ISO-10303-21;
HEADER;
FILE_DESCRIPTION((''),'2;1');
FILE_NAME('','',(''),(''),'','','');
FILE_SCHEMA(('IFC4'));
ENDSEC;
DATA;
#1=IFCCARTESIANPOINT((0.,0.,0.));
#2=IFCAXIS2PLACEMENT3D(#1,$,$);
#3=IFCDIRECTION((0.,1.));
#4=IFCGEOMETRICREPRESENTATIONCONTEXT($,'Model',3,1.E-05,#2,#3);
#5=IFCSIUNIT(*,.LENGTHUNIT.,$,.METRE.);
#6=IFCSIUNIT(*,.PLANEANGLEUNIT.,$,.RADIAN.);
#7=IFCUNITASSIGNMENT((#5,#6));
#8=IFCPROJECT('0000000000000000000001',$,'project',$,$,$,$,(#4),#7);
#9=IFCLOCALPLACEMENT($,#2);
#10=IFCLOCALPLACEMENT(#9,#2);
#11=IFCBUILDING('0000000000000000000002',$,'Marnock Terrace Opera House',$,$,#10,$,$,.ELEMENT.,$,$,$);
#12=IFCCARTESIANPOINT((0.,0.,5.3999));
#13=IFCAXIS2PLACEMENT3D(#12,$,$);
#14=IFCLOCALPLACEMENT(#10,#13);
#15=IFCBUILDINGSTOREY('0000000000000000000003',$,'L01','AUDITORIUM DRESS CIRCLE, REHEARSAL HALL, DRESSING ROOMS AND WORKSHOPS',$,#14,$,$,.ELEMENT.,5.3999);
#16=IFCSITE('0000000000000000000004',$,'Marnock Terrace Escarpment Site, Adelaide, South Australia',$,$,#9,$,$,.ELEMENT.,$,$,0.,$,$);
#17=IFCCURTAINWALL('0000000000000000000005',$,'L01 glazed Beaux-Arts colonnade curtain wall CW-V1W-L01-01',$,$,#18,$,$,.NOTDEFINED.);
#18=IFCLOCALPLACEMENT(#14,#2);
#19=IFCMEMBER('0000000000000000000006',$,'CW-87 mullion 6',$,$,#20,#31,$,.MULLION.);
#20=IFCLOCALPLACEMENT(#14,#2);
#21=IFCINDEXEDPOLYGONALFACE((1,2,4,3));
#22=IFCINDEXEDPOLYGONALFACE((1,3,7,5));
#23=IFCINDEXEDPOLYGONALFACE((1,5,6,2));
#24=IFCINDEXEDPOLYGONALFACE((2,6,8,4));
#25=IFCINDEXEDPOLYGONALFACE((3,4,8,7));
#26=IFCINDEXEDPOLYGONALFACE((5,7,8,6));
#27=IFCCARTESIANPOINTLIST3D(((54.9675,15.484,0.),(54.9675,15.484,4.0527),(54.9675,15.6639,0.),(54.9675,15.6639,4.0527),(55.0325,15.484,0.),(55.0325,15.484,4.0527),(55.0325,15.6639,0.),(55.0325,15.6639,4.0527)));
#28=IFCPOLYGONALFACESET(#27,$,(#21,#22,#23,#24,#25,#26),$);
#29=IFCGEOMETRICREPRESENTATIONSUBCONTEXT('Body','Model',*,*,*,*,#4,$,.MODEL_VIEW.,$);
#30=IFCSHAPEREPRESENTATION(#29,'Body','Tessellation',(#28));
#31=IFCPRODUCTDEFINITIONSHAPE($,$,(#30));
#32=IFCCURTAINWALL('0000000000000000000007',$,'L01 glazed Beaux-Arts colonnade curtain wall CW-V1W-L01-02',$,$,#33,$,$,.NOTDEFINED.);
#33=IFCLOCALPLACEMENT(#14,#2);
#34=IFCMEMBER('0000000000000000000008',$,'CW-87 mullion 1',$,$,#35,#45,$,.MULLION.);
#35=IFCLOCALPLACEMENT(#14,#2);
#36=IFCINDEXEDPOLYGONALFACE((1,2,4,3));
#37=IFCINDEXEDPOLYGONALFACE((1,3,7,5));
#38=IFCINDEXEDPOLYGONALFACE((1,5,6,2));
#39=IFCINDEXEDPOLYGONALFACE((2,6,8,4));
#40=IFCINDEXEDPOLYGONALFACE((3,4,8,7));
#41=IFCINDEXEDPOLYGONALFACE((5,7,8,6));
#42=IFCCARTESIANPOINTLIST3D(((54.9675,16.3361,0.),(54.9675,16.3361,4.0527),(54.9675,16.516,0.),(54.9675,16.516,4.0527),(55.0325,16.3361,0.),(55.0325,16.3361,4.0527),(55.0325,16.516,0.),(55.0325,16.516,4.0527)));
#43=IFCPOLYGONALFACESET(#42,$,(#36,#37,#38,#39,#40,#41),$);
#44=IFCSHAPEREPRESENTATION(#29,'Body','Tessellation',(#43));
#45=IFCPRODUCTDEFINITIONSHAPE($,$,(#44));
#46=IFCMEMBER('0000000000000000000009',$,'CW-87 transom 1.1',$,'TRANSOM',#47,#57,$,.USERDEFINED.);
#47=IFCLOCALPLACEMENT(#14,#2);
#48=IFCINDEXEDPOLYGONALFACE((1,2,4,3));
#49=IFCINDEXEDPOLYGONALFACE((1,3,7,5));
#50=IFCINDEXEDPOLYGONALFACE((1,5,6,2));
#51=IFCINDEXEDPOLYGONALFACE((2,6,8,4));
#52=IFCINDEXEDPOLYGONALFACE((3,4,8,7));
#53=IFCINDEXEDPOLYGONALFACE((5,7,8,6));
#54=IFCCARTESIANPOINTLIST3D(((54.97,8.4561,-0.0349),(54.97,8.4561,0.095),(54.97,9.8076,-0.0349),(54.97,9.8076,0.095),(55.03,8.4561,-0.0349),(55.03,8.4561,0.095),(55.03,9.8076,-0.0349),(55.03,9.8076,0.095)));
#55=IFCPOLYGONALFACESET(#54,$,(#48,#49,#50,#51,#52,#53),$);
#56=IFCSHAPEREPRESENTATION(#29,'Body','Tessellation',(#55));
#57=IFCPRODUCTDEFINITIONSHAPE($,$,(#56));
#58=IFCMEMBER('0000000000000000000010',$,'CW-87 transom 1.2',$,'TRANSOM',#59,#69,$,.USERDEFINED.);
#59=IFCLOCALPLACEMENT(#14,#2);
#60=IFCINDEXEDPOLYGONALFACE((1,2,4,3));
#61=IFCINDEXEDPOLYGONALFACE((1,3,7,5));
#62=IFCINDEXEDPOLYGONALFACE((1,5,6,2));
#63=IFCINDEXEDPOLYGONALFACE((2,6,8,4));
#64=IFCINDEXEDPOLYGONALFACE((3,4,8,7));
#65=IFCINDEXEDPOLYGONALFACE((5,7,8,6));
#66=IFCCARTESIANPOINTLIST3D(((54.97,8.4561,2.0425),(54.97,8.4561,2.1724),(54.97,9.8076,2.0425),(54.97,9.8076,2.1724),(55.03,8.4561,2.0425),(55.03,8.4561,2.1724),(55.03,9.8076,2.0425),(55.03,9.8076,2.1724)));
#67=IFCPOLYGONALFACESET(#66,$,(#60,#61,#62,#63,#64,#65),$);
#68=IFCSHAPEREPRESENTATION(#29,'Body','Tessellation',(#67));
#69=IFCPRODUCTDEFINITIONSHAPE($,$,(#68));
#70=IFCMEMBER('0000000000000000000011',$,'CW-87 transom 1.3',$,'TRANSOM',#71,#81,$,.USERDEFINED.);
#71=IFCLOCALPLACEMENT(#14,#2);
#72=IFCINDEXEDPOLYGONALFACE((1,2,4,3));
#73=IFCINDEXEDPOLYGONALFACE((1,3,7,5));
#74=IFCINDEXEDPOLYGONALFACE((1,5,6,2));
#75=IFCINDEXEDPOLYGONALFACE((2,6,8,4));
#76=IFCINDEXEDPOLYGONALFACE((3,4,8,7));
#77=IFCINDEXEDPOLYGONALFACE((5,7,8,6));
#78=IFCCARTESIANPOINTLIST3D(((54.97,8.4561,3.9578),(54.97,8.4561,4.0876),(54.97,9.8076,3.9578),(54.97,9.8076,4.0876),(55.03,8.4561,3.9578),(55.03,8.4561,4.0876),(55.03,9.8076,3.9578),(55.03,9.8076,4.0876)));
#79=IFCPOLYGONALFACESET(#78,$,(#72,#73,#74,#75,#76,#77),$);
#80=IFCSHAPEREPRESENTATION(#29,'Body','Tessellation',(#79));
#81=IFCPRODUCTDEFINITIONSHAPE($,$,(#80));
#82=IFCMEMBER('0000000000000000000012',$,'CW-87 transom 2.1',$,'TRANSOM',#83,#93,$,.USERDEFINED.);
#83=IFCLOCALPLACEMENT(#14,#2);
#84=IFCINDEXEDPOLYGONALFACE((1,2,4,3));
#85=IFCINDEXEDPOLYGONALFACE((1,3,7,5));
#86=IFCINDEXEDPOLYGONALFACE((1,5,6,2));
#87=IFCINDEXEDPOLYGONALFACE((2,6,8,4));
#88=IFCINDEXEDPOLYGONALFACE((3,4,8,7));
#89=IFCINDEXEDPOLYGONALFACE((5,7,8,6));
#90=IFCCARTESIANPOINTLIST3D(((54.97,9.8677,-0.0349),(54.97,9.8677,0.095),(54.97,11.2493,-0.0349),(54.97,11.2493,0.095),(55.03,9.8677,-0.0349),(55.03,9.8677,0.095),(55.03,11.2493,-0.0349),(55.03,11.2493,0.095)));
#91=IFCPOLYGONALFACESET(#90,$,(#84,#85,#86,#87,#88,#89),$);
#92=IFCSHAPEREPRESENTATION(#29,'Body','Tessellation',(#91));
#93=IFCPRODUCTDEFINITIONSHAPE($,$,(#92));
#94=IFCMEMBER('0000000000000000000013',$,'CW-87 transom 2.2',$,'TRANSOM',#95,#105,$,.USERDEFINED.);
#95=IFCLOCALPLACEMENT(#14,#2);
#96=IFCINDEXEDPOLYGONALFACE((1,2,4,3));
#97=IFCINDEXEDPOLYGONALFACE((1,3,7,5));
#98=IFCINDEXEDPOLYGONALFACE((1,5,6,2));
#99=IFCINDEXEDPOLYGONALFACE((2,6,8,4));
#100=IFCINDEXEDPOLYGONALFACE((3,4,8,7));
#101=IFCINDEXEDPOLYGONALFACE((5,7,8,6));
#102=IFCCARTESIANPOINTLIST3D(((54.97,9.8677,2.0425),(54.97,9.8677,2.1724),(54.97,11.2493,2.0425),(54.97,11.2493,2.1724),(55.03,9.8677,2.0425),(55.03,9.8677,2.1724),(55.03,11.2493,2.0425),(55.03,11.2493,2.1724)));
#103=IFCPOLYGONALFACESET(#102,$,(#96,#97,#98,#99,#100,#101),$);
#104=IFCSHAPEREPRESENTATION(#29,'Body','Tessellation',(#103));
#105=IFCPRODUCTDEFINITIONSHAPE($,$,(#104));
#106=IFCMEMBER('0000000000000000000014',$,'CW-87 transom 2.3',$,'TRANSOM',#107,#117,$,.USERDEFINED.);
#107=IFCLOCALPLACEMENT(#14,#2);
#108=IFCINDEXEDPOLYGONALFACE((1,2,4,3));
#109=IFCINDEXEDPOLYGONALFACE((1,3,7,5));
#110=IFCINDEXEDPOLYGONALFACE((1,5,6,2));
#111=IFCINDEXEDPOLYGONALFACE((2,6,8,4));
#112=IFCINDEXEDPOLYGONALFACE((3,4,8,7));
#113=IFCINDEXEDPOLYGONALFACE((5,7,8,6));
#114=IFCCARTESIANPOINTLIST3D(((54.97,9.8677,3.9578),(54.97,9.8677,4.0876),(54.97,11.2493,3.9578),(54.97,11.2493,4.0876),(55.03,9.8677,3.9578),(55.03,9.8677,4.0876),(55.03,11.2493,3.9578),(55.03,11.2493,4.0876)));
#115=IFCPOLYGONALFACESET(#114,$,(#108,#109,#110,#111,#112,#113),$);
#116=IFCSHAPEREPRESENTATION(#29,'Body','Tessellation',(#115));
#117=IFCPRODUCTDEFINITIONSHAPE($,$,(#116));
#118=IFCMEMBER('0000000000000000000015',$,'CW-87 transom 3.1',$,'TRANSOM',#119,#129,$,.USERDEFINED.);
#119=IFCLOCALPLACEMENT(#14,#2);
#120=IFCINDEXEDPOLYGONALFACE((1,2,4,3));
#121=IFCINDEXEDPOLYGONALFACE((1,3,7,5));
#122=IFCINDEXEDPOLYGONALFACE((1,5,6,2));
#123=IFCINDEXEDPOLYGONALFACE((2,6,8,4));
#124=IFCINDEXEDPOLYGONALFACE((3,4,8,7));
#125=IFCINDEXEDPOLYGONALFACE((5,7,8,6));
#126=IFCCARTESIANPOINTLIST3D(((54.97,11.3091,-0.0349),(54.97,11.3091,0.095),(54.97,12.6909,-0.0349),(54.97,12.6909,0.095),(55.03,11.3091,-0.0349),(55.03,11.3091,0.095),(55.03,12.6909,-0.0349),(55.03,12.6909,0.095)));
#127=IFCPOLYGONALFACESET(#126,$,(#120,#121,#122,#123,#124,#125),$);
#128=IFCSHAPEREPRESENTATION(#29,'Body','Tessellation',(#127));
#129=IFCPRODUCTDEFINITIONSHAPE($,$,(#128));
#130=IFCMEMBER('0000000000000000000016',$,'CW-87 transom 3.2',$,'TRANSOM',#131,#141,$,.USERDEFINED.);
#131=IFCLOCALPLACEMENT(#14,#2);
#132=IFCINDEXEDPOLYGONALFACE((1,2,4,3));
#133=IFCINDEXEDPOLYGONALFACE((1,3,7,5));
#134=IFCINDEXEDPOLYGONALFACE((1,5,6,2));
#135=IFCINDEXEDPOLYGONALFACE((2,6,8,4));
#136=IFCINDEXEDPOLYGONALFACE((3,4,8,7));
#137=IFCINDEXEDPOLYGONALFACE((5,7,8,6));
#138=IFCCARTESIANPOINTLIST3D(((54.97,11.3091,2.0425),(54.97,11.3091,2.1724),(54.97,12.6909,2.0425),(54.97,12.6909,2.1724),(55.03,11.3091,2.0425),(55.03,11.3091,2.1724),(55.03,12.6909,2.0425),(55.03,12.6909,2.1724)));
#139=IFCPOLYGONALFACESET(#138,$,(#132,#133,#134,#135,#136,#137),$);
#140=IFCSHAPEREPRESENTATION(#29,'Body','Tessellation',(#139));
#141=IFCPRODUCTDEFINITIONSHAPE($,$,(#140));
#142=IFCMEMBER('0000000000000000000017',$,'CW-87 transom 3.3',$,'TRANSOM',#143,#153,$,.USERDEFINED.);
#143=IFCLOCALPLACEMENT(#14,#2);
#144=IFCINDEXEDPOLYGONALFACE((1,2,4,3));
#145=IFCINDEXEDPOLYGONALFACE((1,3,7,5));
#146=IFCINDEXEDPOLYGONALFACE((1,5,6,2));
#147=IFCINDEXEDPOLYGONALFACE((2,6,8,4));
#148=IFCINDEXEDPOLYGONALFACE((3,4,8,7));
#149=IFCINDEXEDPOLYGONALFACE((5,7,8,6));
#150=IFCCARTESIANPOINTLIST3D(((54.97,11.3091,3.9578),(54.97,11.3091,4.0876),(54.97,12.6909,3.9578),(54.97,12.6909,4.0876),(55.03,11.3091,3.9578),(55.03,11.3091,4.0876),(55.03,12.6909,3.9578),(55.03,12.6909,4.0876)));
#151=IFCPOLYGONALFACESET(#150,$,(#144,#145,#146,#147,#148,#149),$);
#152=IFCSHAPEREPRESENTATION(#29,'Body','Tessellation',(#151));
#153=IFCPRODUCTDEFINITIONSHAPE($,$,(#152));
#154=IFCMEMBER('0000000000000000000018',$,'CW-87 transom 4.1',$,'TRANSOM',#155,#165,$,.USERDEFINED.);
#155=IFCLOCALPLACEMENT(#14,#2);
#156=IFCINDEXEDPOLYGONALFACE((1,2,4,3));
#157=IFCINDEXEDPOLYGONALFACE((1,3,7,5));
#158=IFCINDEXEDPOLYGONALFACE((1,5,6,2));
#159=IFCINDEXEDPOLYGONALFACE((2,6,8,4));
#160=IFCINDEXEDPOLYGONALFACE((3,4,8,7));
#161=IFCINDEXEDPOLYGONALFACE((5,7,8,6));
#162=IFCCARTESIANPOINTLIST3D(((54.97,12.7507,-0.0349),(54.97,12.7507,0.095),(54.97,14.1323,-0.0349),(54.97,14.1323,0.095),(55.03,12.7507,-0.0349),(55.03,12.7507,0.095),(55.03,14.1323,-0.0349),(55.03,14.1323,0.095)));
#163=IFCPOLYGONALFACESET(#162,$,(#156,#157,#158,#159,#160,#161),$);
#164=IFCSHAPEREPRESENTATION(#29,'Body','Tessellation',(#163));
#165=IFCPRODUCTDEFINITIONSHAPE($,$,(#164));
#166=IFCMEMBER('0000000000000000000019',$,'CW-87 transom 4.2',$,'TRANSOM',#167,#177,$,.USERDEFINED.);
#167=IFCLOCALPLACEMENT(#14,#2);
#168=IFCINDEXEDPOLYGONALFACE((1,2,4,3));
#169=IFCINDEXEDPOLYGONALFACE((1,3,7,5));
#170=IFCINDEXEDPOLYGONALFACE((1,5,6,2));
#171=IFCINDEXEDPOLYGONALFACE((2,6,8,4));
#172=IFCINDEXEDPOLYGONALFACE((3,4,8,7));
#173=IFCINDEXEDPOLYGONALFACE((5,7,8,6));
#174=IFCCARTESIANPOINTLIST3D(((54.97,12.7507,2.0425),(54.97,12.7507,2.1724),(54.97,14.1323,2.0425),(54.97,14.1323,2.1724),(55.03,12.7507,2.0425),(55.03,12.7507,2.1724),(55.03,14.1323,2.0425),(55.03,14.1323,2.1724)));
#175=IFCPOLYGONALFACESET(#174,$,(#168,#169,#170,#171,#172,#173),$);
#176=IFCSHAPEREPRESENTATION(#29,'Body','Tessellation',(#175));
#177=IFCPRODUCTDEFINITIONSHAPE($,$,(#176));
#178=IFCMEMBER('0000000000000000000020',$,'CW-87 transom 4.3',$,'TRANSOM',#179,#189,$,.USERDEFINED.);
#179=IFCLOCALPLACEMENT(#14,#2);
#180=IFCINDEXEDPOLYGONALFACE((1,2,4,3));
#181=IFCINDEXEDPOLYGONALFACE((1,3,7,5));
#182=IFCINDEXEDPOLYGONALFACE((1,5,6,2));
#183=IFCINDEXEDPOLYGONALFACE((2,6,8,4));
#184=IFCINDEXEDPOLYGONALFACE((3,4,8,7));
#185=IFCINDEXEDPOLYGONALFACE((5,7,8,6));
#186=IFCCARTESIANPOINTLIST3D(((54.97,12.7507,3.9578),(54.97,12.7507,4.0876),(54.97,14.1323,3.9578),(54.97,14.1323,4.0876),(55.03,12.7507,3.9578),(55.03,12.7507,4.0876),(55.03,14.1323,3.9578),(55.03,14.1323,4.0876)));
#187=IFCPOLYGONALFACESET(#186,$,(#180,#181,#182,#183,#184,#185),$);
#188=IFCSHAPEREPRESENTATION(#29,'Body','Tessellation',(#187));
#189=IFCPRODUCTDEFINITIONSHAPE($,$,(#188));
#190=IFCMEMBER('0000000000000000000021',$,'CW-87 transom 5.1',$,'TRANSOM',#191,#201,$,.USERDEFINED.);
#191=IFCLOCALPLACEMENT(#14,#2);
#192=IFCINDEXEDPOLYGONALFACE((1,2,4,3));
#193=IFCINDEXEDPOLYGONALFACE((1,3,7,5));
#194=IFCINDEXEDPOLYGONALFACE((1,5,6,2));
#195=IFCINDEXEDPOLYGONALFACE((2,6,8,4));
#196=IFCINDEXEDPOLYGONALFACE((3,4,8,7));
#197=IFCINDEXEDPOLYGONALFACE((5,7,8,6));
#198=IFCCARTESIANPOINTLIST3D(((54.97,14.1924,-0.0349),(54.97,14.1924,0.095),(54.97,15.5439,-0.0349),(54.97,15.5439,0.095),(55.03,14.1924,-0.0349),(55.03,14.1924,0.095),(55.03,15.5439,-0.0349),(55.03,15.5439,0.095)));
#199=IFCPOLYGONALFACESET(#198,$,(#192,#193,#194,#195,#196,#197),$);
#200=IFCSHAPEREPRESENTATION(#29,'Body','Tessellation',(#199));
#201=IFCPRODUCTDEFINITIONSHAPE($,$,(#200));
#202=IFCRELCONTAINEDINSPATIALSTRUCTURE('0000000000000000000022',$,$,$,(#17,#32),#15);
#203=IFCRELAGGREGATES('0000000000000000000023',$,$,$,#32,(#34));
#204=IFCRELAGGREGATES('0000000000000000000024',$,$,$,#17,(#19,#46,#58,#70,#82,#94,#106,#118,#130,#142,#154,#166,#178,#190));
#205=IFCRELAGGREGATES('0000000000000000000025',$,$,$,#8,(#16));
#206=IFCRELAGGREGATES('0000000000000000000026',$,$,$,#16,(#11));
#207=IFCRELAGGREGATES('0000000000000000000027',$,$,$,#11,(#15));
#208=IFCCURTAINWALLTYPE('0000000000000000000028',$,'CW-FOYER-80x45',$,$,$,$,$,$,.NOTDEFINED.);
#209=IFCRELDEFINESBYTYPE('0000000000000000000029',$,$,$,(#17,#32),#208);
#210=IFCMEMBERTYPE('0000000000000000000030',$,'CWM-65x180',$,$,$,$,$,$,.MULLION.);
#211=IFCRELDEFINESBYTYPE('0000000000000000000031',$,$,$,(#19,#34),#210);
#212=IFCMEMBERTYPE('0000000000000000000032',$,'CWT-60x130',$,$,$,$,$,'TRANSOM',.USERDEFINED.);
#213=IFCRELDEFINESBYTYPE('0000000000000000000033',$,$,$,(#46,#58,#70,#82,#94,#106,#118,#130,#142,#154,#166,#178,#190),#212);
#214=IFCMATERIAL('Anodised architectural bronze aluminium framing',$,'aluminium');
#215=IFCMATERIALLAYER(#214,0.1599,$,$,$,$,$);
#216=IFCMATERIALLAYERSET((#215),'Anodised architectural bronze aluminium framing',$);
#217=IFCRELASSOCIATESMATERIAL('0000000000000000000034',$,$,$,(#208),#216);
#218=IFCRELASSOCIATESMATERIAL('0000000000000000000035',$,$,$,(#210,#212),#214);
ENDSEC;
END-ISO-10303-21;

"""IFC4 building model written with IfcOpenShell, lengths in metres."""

from ifc_helpers import new_model, si_unit, direction, frame, origin, origin_2d, place, context, subcontext, project, spatial, rectangle, extrude, material, layer, layer_set, material_profile, profile_set, type_object, element, aggregate, save


model = new_model("IFC4")

# Units and contexts
model_context = context("Model", 3, precision=1e-05, world=origin(), true_north=direction((0.0, 1.0)))
body_context = subcontext(model_context, "Body", "Model", "MODEL_VIEW")
ifc_project = project(units=[si_unit("LENGTHUNIT", "METRE"), si_unit("PLANEANGLEUNIT", "RADIAN")], contexts=[model_context])

# Site, building, storey
site_placement = place(None, origin())
site = spatial("IfcSite", under=ifc_project, at=site_placement, Name="Marnock Terrace Escarpment Site, Adelaide, South Australia", CompositionType="ELEMENT", RefElevation=0.0)
building_placement = place(site_placement, origin())
building = spatial("IfcBuilding", under=site, at=building_placement, Name="Marnock Terrace Opera House", CompositionType="ELEMENT")
storey_placement = place(building_placement, frame((0.0, 0.0, 5.3999)))
storey = spatial("IfcBuildingStorey", under=building, at=storey_placement, Name="L01", Description="AUDITORIUM DRESS CIRCLE, REHEARSAL HALL, DRESSING ROOMS AND WORKSHOPS", CompositionType="ELEMENT", Elevation=5.3999)

# Curtain wall, member
ifc_material_1 = material(Name="Anodised architectural bronze aluminium framing", Category="aluminium")
ifc_layer_1 = layer(ifc_material_1, 0.1599)
ifc_layer_set_1 = layer_set([ifc_layer_1], Name="Anodised architectural bronze aluminium framing")
curtain_wall_type = type_object("IfcCurtainWallType", Name="CW-FOYER-80x45", PredefinedType="NOTDEFINED", material=ifc_layer_set_1)
curtain_wall_1_placement = place(storey_placement, origin())
curtain_wall_1 = element("IfcCurtainWall", 1, at=curtain_wall_1_placement, inside=storey, type_object=curtain_wall_type, Name="L01 glazed Beaux-Arts colonnade curtain wall CW-V1W-L01-01", PredefinedType="NOTDEFINED")
ifc_material_profile_1 = material_profile(ifc_material_1, rectangle(XDim=0.0649, YDim=0.1799, at=origin_2d()))
ifc_profile_set_1 = profile_set([ifc_material_profile_1], Name="Anodised architectural bronze aluminium framing")
member_type_1 = type_object("IfcMemberType", Name="CWM-65x180", PredefinedType="MULLION", material=ifc_profile_set_1)
member_1_placement = place(storey_placement, frame((55.0, 15.574, 0.0), z_axis=(0.0, 0.0, 1.0), x_axis=(-1.0, 0.0, 0.0)))
member_1 = element("IfcMember", 2, at=member_1_placement, type_object=member_type_1, Name="CW-87 mullion 6", PredefinedType="MULLION", context=body_context, shape_type="SweptSolid", body=[
    extrude(rectangle(XDim=0.0649, YDim=0.1799, at=origin_2d()), origin(), (0.0, 0.0, 1.0), 4.0527),
])

# Curtain wall, member
curtain_wall_2_placement = place(storey_placement, origin())
curtain_wall_2 = element("IfcCurtainWall", 3, at=curtain_wall_2_placement, inside=storey, type_object=curtain_wall_type, Name="L01 glazed Beaux-Arts colonnade curtain wall CW-V1W-L01-02", PredefinedType="NOTDEFINED")
member_2_placement = place(storey_placement, frame((55.0, 16.426, 0.0), z_axis=(0.0, 0.0, 1.0), x_axis=(-1.0, 0.0, 0.0)))
member_2 = element("IfcMember", 4, at=member_2_placement, type_object=member_type_1, Name="CW-87 mullion 1", PredefinedType="MULLION", context=body_context, shape_type="SweptSolid", body=[
    extrude(rectangle(XDim=0.0649, YDim=0.1799, at=origin_2d()), origin(), (0.0, 0.0, 1.0), 4.0527),
])
aggregate(curtain_wall_2, [member_2])

# Members
ifc_material_profile_2 = material_profile(ifc_material_1, rectangle(XDim=0.0601, YDim=0.1299, at=origin_2d()))
ifc_profile_set_2 = profile_set([ifc_material_profile_2], Name="Anodised architectural bronze aluminium framing")
member_type_2 = type_object("IfcMemberType", Name="CWT-60x130", ElementType="TRANSOM", PredefinedType="USERDEFINED", material=ifc_profile_set_2)
member_3_placement = place(storey_placement, frame((55.0, 8.4561, 0.03), z_axis=(0.0, 1.0, 0.0), x_axis=(-1.0, 0.0, 0.0)))
member_3 = element("IfcMember", 5, at=member_3_placement, type_object=member_type_2, Name="CW-87 transom 1.1", ObjectType="TRANSOM", PredefinedType="USERDEFINED", context=body_context, shape_type="SweptSolid", body=[
    extrude(rectangle(XDim=0.0601, YDim=0.1299, at=origin_2d()), origin(), (0.0, 0.0, 1.0), 1.3516),
])
member_4_placement = place(storey_placement, frame((55.0, 8.4561, 2.1074), z_axis=(0.0, 1.0, 0.0), x_axis=(-1.0, 0.0, 0.0)))
member_4 = element("IfcMember", 6, at=member_4_placement, type_object=member_type_2, Name="CW-87 transom 1.2", ObjectType="TRANSOM", PredefinedType="USERDEFINED", context=body_context, shape_type="SweptSolid", body=[
    extrude(rectangle(XDim=0.0601, YDim=0.1299, at=origin_2d()), origin(), (0.0, 0.0, 1.0), 1.3516),
])
member_5_placement = place(storey_placement, frame((55.0, 8.4561, 4.0227), z_axis=(0.0, 1.0, 0.0), x_axis=(-1.0, 0.0, 0.0)))
member_5 = element("IfcMember", 7, at=member_5_placement, type_object=member_type_2, Name="CW-87 transom 1.3", ObjectType="TRANSOM", PredefinedType="USERDEFINED", context=body_context, shape_type="SweptSolid", body=[
    extrude(rectangle(XDim=0.0601, YDim=0.1299, at=origin_2d()), origin(), (0.0, 0.0, 1.0), 1.3516),
])
member_6_placement = place(storey_placement, frame((55.0, 9.8677, 0.03), z_axis=(0.0, 1.0, 0.0), x_axis=(-1.0, 0.0, 0.0)))
member_6 = element("IfcMember", 8, at=member_6_placement, type_object=member_type_2, Name="CW-87 transom 2.1", ObjectType="TRANSOM", PredefinedType="USERDEFINED", context=body_context, shape_type="SweptSolid", body=[
    extrude(rectangle(XDim=0.0601, YDim=0.1299, at=origin_2d()), origin(), (0.0, 0.0, 1.0), 1.3816),
])
member_7_placement = place(storey_placement, frame((55.0, 9.8677, 2.1074), z_axis=(0.0, 1.0, 0.0), x_axis=(-1.0, 0.0, 0.0)))
member_7 = element("IfcMember", 9, at=member_7_placement, type_object=member_type_2, Name="CW-87 transom 2.2", ObjectType="TRANSOM", PredefinedType="USERDEFINED", context=body_context, shape_type="SweptSolid", body=[
    extrude(rectangle(XDim=0.0601, YDim=0.1299, at=origin_2d()), origin(), (0.0, 0.0, 1.0), 1.3816),
])
member_8_placement = place(storey_placement, frame((55.0, 9.8677, 4.0227), z_axis=(0.0, 1.0, 0.0), x_axis=(-1.0, 0.0, 0.0)))
member_8 = element("IfcMember", 10, at=member_8_placement, type_object=member_type_2, Name="CW-87 transom 2.3", ObjectType="TRANSOM", PredefinedType="USERDEFINED", context=body_context, shape_type="SweptSolid", body=[
    extrude(rectangle(XDim=0.0601, YDim=0.1299, at=origin_2d()), origin(), (0.0, 0.0, 1.0), 1.3816),
])
member_9_placement = place(storey_placement, frame((55.0, 11.3091, 0.03), z_axis=(0.0, 1.0, 0.0), x_axis=(-1.0, 0.0, 0.0)))
member_9 = element("IfcMember", 11, at=member_9_placement, type_object=member_type_2, Name="CW-87 transom 3.1", ObjectType="TRANSOM", PredefinedType="USERDEFINED", context=body_context, shape_type="SweptSolid", body=[
    extrude(rectangle(XDim=0.0601, YDim=0.1299, at=origin_2d()), origin(), (0.0, 0.0, 1.0), 1.3818),
])
member_10_placement = place(storey_placement, frame((55.0, 11.3091, 2.1074), z_axis=(0.0, 1.0, 0.0), x_axis=(-1.0, 0.0, 0.0)))
member_10 = element("IfcMember", 12, at=member_10_placement, type_object=member_type_2, Name="CW-87 transom 3.2", ObjectType="TRANSOM", PredefinedType="USERDEFINED", context=body_context, shape_type="SweptSolid", body=[
    extrude(rectangle(XDim=0.0601, YDim=0.1299, at=origin_2d()), origin(), (0.0, 0.0, 1.0), 1.3818),
])
member_11_placement = place(storey_placement, frame((55.0, 11.3091, 4.0227), z_axis=(0.0, 1.0, 0.0), x_axis=(-1.0, 0.0, 0.0)))
member_11 = element("IfcMember", 13, at=member_11_placement, type_object=member_type_2, Name="CW-87 transom 3.3", ObjectType="TRANSOM", PredefinedType="USERDEFINED", context=body_context, shape_type="SweptSolid", body=[
    extrude(rectangle(XDim=0.0601, YDim=0.1299, at=origin_2d()), origin(), (0.0, 0.0, 1.0), 1.3818),
])
member_12_placement = place(storey_placement, frame((55.0, 12.7507, 0.03), z_axis=(0.0, 1.0, 0.0), x_axis=(-1.0, 0.0, 0.0)))
member_12 = element("IfcMember", 14, at=member_12_placement, type_object=member_type_2, Name="CW-87 transom 4.1", ObjectType="TRANSOM", PredefinedType="USERDEFINED", context=body_context, shape_type="SweptSolid", body=[
    extrude(rectangle(XDim=0.0601, YDim=0.1299, at=origin_2d()), origin(), (0.0, 0.0, 1.0), 1.3816),
])
member_13_placement = place(storey_placement, frame((55.0, 12.7507, 2.1074), z_axis=(0.0, 1.0, 0.0), x_axis=(-1.0, 0.0, 0.0)))
member_13 = element("IfcMember", 15, at=member_13_placement, type_object=member_type_2, Name="CW-87 transom 4.2", ObjectType="TRANSOM", PredefinedType="USERDEFINED", context=body_context, shape_type="SweptSolid", body=[
    extrude(rectangle(XDim=0.0601, YDim=0.1299, at=origin_2d()), origin(), (0.0, 0.0, 1.0), 1.3816),
])
member_14_placement = place(storey_placement, frame((55.0, 12.7507, 4.0227), z_axis=(0.0, 1.0, 0.0), x_axis=(-1.0, 0.0, 0.0)))
member_14 = element("IfcMember", 16, at=member_14_placement, type_object=member_type_2, Name="CW-87 transom 4.3", ObjectType="TRANSOM", PredefinedType="USERDEFINED", context=body_context, shape_type="SweptSolid", body=[
    extrude(rectangle(XDim=0.0601, YDim=0.1299, at=origin_2d()), origin(), (0.0, 0.0, 1.0), 1.3816),
])
member_15_placement = place(storey_placement, frame((55.0, 14.1924, 0.03), z_axis=(0.0, 1.0, 0.0), x_axis=(-1.0, 0.0, 0.0)))
member_15 = element("IfcMember", 17, at=member_15_placement, type_object=member_type_2, Name="CW-87 transom 5.1", ObjectType="TRANSOM", PredefinedType="USERDEFINED", context=body_context, shape_type="SweptSolid", body=[
    extrude(rectangle(XDim=0.0601, YDim=0.1299, at=origin_2d()), origin(), (0.0, 0.0, 1.0), 1.3516),
])

aggregate(curtain_wall_1, [member_1, member_3, member_4, member_5, member_6, member_7, member_8, member_9, member_10, member_11, member_12, member_13, member_14, member_15])

save(model, "model.ifc")
